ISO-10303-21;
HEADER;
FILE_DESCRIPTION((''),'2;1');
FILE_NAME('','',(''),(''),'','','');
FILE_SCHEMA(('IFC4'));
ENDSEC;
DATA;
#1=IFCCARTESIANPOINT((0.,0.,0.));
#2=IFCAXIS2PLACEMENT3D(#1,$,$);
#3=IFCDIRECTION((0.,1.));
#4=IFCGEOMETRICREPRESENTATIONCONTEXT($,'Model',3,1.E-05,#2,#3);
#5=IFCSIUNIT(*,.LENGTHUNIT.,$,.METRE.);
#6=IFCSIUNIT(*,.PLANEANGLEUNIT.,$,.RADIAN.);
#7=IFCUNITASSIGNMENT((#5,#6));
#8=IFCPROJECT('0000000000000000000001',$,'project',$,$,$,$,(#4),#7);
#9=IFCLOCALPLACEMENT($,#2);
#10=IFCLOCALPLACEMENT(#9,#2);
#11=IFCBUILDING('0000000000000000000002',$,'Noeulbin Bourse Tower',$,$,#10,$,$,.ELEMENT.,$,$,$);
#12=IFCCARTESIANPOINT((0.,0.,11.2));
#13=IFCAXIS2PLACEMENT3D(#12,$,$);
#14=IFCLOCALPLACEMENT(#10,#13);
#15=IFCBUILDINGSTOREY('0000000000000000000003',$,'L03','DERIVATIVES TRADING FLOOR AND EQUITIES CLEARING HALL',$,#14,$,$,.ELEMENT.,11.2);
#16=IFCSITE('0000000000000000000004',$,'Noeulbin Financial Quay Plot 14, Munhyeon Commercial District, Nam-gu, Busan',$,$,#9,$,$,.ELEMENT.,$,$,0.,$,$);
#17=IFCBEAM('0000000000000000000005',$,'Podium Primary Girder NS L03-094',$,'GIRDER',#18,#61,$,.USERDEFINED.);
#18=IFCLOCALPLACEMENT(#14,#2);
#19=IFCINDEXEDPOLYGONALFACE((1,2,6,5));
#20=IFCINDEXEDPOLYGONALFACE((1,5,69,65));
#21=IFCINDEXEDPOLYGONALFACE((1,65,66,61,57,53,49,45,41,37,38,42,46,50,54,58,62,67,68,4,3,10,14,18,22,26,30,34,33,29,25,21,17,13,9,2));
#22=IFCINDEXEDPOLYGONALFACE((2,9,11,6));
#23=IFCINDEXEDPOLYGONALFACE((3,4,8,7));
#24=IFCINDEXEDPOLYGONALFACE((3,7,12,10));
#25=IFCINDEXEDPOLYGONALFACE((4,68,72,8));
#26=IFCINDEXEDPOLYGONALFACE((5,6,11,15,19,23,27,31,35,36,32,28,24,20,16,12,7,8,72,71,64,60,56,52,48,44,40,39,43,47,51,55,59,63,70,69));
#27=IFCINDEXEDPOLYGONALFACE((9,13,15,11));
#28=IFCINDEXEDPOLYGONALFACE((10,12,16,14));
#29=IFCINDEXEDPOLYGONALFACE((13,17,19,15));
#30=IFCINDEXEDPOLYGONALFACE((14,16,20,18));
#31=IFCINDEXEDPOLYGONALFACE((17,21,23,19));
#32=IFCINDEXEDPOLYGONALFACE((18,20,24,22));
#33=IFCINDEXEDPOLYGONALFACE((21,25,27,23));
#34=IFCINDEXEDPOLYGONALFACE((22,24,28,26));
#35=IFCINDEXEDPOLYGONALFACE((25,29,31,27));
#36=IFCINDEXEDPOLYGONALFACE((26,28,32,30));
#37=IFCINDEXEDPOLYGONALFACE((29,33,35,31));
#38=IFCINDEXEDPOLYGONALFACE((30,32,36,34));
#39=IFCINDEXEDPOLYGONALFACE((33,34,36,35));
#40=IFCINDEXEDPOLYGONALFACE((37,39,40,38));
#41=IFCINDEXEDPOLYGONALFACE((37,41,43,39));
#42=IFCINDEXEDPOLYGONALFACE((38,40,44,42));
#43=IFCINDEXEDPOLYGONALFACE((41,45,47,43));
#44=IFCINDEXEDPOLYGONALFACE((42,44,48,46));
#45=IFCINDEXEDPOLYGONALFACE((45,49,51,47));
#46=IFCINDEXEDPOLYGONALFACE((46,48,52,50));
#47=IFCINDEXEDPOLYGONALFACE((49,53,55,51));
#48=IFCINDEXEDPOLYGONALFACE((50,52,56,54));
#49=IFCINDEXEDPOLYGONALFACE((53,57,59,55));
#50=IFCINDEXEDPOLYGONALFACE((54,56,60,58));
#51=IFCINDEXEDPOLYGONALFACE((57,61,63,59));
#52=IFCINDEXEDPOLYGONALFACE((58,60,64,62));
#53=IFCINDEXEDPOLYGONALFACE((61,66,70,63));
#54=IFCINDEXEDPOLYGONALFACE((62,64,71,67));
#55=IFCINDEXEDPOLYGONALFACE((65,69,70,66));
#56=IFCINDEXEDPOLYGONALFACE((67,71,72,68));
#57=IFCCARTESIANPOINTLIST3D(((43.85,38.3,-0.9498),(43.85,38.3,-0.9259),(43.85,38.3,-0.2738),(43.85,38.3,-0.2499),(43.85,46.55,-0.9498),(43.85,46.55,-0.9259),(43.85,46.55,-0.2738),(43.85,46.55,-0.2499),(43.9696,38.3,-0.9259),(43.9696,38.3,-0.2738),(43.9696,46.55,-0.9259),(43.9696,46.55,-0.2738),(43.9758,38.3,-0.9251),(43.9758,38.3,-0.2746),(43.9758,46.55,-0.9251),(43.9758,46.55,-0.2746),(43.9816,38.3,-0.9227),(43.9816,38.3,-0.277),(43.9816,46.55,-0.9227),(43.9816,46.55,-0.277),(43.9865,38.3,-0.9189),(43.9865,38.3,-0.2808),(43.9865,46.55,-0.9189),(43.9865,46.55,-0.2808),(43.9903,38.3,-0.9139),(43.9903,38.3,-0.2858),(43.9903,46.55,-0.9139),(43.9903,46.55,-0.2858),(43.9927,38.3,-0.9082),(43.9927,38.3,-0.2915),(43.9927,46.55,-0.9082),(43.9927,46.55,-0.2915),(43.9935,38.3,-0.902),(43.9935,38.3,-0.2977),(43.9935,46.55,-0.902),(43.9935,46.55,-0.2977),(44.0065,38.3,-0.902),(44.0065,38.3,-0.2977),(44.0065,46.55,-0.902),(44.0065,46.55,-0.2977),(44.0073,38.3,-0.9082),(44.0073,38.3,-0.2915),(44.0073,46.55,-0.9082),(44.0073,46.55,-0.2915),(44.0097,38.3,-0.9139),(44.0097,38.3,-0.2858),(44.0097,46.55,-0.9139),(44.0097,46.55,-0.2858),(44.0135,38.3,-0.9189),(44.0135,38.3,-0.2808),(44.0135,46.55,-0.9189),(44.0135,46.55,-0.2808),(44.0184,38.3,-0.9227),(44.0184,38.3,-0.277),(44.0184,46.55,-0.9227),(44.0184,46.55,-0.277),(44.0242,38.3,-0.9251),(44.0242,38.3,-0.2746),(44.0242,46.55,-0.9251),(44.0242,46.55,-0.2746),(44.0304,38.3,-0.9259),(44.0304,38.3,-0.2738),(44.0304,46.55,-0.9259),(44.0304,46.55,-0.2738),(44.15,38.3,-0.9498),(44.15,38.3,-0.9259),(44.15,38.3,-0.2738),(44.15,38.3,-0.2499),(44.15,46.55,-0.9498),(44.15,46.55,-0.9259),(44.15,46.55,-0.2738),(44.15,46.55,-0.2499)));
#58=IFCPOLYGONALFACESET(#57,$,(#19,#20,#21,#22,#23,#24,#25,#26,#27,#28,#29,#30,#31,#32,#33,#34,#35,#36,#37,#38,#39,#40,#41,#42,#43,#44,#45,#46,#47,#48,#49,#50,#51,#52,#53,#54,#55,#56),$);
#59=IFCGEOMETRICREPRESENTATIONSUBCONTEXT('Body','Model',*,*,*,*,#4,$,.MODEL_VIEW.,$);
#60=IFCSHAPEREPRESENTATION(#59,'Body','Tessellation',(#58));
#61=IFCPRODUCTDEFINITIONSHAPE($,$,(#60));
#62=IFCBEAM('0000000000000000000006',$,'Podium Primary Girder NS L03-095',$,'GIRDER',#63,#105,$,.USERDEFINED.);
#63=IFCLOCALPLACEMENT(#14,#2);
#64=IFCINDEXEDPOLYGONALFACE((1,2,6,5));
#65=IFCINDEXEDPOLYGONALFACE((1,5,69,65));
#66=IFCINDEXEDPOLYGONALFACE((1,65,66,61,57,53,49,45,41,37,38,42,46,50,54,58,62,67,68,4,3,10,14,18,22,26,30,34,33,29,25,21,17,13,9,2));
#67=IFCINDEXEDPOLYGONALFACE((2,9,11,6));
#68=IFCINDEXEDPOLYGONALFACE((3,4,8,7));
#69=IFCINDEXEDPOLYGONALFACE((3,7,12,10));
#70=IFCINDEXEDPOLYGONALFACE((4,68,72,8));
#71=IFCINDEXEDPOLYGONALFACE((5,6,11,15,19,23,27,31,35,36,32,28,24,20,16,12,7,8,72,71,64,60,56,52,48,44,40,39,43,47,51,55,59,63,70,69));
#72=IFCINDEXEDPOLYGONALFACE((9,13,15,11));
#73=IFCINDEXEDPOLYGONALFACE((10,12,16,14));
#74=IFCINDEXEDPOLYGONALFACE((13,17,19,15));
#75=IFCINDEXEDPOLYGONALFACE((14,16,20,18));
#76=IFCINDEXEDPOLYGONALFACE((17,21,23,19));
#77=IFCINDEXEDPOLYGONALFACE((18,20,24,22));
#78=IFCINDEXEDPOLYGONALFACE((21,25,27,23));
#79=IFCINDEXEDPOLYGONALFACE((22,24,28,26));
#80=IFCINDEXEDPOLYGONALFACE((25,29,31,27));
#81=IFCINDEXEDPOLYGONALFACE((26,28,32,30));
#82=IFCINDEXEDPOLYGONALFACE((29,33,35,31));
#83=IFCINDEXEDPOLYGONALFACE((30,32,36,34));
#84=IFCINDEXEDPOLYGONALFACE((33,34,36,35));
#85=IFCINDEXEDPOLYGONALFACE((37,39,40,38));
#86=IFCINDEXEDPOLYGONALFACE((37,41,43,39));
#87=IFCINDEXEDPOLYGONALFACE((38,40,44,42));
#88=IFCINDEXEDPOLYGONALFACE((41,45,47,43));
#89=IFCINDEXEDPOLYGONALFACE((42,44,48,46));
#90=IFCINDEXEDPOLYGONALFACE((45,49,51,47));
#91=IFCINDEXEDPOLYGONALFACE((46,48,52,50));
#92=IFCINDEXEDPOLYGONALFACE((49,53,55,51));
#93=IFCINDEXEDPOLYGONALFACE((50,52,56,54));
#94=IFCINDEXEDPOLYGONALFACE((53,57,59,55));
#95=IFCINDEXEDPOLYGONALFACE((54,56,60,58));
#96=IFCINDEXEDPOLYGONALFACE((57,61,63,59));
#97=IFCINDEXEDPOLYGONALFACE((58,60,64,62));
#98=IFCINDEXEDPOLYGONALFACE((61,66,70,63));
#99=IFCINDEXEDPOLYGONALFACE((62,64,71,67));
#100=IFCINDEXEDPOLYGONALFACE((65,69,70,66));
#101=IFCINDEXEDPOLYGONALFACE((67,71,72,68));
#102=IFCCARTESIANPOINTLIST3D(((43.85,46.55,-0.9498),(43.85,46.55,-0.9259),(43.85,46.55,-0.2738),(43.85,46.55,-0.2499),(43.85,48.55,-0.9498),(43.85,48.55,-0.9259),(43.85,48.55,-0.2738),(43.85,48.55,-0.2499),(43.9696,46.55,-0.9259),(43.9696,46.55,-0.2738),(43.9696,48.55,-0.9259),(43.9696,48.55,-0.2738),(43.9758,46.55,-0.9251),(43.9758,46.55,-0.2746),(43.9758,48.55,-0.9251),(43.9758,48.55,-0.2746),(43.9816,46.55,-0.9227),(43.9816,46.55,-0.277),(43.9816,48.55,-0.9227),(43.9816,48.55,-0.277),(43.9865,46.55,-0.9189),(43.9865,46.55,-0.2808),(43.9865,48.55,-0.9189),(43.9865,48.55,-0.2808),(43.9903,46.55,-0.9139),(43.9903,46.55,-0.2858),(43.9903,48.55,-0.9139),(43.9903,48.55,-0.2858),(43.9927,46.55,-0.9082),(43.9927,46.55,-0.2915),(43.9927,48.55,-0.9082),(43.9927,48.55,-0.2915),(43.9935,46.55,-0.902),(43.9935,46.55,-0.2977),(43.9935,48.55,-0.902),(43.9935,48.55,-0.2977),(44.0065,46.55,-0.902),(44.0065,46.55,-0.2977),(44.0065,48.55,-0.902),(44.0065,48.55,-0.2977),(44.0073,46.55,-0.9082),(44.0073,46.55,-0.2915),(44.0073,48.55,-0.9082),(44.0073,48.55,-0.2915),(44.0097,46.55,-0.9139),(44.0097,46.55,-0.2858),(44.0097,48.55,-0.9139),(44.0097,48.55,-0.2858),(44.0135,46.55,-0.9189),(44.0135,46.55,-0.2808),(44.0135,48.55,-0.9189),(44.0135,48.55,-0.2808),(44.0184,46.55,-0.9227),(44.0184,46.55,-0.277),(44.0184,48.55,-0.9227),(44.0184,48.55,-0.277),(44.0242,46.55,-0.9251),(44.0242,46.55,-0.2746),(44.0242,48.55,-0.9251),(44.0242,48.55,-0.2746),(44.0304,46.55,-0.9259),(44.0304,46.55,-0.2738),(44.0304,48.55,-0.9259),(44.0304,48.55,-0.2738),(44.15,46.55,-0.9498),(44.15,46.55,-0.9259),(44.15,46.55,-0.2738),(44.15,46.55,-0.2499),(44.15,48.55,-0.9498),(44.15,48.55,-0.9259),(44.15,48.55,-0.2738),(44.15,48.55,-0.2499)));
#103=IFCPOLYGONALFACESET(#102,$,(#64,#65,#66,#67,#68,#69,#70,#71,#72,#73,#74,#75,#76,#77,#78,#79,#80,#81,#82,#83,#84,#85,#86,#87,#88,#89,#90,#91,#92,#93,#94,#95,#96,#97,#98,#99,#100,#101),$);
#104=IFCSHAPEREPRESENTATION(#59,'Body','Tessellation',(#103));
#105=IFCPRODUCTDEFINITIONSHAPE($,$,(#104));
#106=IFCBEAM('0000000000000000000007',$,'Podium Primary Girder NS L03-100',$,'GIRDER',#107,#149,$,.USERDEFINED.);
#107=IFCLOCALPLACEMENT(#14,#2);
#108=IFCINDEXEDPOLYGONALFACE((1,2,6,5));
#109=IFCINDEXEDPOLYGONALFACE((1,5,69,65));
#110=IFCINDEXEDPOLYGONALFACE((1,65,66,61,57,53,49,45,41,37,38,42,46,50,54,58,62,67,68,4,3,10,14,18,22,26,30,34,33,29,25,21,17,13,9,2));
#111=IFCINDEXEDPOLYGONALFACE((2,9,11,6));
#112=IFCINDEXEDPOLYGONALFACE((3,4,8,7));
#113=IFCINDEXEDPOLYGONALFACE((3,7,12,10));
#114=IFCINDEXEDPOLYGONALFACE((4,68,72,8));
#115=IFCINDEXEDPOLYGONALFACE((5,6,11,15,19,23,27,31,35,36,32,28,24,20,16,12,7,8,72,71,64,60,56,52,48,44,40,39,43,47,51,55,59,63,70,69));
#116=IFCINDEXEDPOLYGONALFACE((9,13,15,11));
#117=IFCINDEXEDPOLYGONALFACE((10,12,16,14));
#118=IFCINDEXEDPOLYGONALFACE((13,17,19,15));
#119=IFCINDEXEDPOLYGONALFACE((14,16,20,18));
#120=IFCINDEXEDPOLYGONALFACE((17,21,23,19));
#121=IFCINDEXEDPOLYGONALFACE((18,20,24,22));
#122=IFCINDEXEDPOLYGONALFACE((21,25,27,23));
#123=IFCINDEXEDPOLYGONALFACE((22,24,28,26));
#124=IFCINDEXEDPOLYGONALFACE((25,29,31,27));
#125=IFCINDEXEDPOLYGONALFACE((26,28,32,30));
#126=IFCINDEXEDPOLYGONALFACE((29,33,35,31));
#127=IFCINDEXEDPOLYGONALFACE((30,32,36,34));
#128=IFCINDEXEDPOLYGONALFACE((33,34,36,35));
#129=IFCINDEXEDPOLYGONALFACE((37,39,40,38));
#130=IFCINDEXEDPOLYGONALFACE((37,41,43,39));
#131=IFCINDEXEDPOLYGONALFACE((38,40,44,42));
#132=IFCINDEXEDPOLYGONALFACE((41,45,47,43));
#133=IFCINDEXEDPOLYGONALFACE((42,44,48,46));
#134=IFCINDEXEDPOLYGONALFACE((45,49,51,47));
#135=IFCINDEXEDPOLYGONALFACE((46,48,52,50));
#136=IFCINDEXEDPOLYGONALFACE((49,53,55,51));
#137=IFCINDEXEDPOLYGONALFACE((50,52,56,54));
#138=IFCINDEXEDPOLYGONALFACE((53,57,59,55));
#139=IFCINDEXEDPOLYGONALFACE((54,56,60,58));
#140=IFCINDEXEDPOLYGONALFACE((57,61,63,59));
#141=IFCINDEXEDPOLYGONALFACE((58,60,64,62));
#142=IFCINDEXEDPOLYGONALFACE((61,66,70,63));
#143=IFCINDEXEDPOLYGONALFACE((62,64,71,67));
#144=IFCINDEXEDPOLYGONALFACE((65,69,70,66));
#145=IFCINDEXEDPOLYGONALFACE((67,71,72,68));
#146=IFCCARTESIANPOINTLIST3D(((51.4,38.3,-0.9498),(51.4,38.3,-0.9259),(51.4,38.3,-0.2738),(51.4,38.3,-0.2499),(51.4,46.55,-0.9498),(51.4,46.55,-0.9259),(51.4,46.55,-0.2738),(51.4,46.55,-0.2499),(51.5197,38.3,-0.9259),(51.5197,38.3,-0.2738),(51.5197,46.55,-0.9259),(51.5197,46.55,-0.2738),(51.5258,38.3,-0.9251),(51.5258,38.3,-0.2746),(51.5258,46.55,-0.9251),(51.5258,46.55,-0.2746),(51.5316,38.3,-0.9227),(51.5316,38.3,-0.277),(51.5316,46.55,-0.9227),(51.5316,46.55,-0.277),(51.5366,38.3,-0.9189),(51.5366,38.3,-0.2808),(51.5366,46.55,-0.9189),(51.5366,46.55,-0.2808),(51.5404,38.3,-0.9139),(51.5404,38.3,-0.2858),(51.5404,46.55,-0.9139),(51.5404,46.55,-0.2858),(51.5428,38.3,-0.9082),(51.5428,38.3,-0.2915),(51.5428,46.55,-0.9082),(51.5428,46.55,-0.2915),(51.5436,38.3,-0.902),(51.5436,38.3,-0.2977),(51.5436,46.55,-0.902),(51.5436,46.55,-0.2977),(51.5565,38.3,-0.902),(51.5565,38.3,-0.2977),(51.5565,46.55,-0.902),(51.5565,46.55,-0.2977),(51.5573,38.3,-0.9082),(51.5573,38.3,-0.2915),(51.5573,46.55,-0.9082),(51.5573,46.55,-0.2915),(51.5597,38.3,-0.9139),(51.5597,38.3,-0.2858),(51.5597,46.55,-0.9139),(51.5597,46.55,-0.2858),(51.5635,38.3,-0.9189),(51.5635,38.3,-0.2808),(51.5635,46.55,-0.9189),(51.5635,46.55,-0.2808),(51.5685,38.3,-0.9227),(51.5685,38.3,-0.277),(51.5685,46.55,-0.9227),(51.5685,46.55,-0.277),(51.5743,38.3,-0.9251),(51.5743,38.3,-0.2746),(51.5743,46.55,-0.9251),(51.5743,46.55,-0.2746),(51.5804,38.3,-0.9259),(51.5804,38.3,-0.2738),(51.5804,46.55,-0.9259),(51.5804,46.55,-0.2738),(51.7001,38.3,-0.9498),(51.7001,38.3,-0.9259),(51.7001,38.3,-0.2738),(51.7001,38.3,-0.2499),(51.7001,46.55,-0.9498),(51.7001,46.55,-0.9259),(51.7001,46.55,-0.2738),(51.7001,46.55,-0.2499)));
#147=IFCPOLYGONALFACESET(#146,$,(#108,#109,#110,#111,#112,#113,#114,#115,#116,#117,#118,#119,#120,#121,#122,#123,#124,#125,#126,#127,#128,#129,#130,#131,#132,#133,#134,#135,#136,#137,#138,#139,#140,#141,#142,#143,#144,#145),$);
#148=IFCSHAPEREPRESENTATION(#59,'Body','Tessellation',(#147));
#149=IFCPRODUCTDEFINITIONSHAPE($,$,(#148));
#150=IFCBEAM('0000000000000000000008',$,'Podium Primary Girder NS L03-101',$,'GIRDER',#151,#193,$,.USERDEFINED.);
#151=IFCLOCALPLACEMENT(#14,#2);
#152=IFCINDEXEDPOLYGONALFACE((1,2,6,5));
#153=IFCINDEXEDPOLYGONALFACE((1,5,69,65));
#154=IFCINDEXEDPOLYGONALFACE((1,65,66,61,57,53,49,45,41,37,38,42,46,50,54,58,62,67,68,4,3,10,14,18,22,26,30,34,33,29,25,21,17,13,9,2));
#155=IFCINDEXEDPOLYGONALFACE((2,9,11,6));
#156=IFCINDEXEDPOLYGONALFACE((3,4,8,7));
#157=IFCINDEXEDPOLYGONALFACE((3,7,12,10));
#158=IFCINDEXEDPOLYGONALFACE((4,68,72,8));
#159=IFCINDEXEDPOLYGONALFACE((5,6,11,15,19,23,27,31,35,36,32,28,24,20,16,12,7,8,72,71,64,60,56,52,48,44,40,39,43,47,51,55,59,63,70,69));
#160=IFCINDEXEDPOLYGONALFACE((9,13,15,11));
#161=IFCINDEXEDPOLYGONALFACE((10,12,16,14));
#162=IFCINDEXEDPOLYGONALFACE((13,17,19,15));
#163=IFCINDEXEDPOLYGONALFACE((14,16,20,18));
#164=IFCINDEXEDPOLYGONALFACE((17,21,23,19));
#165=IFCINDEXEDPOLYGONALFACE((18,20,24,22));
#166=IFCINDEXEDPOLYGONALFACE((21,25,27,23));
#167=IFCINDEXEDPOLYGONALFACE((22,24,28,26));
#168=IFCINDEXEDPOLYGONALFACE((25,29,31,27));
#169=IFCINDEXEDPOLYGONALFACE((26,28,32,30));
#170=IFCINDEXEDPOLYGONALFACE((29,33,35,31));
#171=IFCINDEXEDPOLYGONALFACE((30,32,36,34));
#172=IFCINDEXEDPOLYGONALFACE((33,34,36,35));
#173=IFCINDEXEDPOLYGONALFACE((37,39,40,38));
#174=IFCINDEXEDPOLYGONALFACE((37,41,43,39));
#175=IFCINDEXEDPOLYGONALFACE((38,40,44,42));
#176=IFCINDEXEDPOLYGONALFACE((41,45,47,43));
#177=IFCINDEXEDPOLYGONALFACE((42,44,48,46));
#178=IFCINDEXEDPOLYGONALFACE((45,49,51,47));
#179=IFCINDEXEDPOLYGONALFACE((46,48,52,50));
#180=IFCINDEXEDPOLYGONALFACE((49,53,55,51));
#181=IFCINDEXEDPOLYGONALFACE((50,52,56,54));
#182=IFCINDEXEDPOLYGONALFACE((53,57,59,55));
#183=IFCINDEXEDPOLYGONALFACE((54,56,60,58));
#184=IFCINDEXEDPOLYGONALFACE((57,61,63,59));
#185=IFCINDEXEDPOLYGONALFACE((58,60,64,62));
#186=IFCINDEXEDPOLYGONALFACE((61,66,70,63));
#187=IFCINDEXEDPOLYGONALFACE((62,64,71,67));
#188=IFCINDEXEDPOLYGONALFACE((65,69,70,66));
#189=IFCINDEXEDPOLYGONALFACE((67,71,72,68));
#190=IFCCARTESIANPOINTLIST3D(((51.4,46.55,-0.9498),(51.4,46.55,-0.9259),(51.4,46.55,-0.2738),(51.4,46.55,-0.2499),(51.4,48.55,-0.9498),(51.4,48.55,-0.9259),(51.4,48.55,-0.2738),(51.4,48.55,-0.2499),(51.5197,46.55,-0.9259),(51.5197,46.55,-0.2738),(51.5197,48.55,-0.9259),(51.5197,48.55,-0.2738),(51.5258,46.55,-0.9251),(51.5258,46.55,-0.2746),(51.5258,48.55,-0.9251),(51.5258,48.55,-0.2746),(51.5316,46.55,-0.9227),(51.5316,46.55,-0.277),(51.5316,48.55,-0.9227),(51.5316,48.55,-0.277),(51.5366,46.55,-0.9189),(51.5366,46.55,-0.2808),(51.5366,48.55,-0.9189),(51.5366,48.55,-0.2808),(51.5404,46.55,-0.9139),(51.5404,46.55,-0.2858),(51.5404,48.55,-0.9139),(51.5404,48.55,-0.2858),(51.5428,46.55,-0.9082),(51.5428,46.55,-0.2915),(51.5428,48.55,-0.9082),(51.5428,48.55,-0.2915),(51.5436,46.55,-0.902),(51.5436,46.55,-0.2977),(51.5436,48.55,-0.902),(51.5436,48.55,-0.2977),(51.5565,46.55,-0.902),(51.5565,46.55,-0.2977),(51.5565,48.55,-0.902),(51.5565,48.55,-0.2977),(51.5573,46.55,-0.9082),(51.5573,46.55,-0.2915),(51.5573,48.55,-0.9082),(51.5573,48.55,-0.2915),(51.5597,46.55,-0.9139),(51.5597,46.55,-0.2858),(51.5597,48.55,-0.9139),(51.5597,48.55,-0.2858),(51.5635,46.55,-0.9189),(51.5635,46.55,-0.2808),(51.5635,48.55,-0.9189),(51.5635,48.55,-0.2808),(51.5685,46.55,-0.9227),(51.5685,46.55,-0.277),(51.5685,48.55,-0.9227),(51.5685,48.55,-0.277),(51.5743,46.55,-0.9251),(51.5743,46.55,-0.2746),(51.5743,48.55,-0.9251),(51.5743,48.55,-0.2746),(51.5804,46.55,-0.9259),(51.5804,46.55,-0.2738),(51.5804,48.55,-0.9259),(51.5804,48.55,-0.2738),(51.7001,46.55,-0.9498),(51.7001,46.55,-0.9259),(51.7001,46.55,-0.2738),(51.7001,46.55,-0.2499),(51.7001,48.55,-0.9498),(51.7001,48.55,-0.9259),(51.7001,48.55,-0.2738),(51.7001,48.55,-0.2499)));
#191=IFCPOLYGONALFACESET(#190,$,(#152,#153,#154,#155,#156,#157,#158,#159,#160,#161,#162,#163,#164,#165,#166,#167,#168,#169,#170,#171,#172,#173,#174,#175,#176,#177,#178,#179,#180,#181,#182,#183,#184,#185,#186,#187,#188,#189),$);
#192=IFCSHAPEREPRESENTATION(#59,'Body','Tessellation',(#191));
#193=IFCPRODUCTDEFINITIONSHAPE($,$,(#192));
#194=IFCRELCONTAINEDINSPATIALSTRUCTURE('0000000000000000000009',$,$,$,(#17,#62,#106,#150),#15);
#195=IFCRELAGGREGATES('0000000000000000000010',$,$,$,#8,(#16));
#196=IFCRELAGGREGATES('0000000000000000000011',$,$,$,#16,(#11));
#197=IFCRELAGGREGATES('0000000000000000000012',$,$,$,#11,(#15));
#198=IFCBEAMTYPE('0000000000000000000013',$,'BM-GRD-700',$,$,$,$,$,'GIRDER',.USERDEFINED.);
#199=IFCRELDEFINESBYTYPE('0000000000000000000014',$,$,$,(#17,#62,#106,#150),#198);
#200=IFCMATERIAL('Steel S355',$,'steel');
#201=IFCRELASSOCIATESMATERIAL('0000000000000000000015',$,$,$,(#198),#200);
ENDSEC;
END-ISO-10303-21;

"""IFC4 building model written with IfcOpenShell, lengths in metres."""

from ifc_helpers import new_model, si_unit, direction, frame, origin, origin_2d, place, context, subcontext, project, spatial, i_section, extrude, material, material_profile, profile_set, type_object, element, save


model = new_model("IFC4")

# Units and contexts
model_context = context("Model", 3, precision=1e-05, world=origin(), true_north=direction((0.0, 1.0)))
body_context = subcontext(model_context, "Body", "Model", "MODEL_VIEW")
ifc_project = project(units=[si_unit("LENGTHUNIT", "METRE"), si_unit("PLANEANGLEUNIT", "RADIAN")], contexts=[model_context])

# Site, building, storey
site_placement = place(None, origin())
site = spatial("IfcSite", under=ifc_project, at=site_placement, Name="Noeulbin Financial Quay Plot 14, Munhyeon Commercial District, Nam-gu, Busan", CompositionType="ELEMENT", RefElevation=0.0)
building_placement = place(site_placement, origin())
building = spatial("IfcBuilding", under=site, at=building_placement, Name="Noeulbin Bourse Tower", CompositionType="ELEMENT")
storey_placement = place(building_placement, frame((0.0, 0.0, 11.2)))
storey = spatial("IfcBuildingStorey", under=building, at=storey_placement, Name="L03", Description="DERIVATIVES TRADING FLOOR AND EQUITIES CLEARING HALL", CompositionType="ELEMENT", Elevation=11.2)

# Beams
ifc_material_1 = material(Name="Steel S355", Category="steel")
ifc_material_profile_1 = material_profile(ifc_material_1, i_section(OverallWidth=0.3, OverallDepth=0.7, WebThickness=0.0129, FlangeThickness=0.0239, FilletRadius=0.0239, at=origin_2d()), Name="H-700x300x13x24", Category="LoadBearing")
ifc_profile_set_1 = profile_set([ifc_material_profile_1], Name="Steel S355")
beam_type_1 = type_object("IfcBeamType", Name="BM-GRD-700", ElementType="GIRDER", PredefinedType="USERDEFINED", material=ifc_profile_set_1)
beam_1_placement = place(storey_placement, frame((44.0, 38.3, -0.5999), z_axis=(0.0, 1.0, 0.0), x_axis=(-1.0, 0.0, 0.0)))
element("IfcBeam", 1, at=beam_1_placement, inside=storey, type_object=beam_type_1, Name="Podium Primary Girder NS L03-094", ObjectType="GIRDER", PredefinedType="USERDEFINED", context=body_context, shape_type="SweptSolid", body=[
    extrude(i_section(OverallWidth=0.3, OverallDepth=0.7, WebThickness=0.0129, FlangeThickness=0.0239, FilletRadius=0.0239, at=origin_2d()), origin(), (0.0, 0.0, 1.0), 8.25),
])
beam_2_placement = place(storey_placement, frame((44.0, 46.55, -0.5999), z_axis=(0.0, 1.0, 0.0), x_axis=(-1.0, 0.0, 0.0)))
element("IfcBeam", 2, at=beam_2_placement, inside=storey, type_object=beam_type_1, Name="Podium Primary Girder NS L03-095", ObjectType="GIRDER", PredefinedType="USERDEFINED", context=body_context, shape_type="SweptSolid", body=[
    extrude(i_section(OverallWidth=0.3, OverallDepth=0.7, WebThickness=0.0129, FlangeThickness=0.0239, FilletRadius=0.0239, at=origin_2d()), origin(), (0.0, 0.0, 1.0), 2.0),
])
beam_3_placement = place(storey_placement, frame((51.55, 38.3, -0.5999), z_axis=(0.0, 1.0, 0.0), x_axis=(-1.0, 0.0, 0.0)))
element("IfcBeam", 3, at=beam_3_placement, inside=storey, type_object=beam_type_1, Name="Podium Primary Girder NS L03-100", ObjectType="GIRDER", PredefinedType="USERDEFINED", context=body_context, shape_type="SweptSolid", body=[
    extrude(i_section(OverallWidth=0.3, OverallDepth=0.7, WebThickness=0.0129, FlangeThickness=0.0239, FilletRadius=0.0239, at=origin_2d()), origin(), (0.0, 0.0, 1.0), 8.25),
])
beam_4_placement = place(storey_placement, frame((51.55, 46.55, -0.5999), z_axis=(0.0, 1.0, 0.0), x_axis=(-1.0, 0.0, 0.0)))
element("IfcBeam", 4, at=beam_4_placement, inside=storey, type_object=beam_type_1, Name="Podium Primary Girder NS L03-101", ObjectType="GIRDER", PredefinedType="USERDEFINED", context=body_context, shape_type="SweptSolid", body=[
    extrude(i_section(OverallWidth=0.3, OverallDepth=0.7, WebThickness=0.0129, FlangeThickness=0.0239, FilletRadius=0.0239, at=origin_2d()), origin(), (0.0, 0.0, 1.0), 2.0),
])

save(model, "model.ifc")
